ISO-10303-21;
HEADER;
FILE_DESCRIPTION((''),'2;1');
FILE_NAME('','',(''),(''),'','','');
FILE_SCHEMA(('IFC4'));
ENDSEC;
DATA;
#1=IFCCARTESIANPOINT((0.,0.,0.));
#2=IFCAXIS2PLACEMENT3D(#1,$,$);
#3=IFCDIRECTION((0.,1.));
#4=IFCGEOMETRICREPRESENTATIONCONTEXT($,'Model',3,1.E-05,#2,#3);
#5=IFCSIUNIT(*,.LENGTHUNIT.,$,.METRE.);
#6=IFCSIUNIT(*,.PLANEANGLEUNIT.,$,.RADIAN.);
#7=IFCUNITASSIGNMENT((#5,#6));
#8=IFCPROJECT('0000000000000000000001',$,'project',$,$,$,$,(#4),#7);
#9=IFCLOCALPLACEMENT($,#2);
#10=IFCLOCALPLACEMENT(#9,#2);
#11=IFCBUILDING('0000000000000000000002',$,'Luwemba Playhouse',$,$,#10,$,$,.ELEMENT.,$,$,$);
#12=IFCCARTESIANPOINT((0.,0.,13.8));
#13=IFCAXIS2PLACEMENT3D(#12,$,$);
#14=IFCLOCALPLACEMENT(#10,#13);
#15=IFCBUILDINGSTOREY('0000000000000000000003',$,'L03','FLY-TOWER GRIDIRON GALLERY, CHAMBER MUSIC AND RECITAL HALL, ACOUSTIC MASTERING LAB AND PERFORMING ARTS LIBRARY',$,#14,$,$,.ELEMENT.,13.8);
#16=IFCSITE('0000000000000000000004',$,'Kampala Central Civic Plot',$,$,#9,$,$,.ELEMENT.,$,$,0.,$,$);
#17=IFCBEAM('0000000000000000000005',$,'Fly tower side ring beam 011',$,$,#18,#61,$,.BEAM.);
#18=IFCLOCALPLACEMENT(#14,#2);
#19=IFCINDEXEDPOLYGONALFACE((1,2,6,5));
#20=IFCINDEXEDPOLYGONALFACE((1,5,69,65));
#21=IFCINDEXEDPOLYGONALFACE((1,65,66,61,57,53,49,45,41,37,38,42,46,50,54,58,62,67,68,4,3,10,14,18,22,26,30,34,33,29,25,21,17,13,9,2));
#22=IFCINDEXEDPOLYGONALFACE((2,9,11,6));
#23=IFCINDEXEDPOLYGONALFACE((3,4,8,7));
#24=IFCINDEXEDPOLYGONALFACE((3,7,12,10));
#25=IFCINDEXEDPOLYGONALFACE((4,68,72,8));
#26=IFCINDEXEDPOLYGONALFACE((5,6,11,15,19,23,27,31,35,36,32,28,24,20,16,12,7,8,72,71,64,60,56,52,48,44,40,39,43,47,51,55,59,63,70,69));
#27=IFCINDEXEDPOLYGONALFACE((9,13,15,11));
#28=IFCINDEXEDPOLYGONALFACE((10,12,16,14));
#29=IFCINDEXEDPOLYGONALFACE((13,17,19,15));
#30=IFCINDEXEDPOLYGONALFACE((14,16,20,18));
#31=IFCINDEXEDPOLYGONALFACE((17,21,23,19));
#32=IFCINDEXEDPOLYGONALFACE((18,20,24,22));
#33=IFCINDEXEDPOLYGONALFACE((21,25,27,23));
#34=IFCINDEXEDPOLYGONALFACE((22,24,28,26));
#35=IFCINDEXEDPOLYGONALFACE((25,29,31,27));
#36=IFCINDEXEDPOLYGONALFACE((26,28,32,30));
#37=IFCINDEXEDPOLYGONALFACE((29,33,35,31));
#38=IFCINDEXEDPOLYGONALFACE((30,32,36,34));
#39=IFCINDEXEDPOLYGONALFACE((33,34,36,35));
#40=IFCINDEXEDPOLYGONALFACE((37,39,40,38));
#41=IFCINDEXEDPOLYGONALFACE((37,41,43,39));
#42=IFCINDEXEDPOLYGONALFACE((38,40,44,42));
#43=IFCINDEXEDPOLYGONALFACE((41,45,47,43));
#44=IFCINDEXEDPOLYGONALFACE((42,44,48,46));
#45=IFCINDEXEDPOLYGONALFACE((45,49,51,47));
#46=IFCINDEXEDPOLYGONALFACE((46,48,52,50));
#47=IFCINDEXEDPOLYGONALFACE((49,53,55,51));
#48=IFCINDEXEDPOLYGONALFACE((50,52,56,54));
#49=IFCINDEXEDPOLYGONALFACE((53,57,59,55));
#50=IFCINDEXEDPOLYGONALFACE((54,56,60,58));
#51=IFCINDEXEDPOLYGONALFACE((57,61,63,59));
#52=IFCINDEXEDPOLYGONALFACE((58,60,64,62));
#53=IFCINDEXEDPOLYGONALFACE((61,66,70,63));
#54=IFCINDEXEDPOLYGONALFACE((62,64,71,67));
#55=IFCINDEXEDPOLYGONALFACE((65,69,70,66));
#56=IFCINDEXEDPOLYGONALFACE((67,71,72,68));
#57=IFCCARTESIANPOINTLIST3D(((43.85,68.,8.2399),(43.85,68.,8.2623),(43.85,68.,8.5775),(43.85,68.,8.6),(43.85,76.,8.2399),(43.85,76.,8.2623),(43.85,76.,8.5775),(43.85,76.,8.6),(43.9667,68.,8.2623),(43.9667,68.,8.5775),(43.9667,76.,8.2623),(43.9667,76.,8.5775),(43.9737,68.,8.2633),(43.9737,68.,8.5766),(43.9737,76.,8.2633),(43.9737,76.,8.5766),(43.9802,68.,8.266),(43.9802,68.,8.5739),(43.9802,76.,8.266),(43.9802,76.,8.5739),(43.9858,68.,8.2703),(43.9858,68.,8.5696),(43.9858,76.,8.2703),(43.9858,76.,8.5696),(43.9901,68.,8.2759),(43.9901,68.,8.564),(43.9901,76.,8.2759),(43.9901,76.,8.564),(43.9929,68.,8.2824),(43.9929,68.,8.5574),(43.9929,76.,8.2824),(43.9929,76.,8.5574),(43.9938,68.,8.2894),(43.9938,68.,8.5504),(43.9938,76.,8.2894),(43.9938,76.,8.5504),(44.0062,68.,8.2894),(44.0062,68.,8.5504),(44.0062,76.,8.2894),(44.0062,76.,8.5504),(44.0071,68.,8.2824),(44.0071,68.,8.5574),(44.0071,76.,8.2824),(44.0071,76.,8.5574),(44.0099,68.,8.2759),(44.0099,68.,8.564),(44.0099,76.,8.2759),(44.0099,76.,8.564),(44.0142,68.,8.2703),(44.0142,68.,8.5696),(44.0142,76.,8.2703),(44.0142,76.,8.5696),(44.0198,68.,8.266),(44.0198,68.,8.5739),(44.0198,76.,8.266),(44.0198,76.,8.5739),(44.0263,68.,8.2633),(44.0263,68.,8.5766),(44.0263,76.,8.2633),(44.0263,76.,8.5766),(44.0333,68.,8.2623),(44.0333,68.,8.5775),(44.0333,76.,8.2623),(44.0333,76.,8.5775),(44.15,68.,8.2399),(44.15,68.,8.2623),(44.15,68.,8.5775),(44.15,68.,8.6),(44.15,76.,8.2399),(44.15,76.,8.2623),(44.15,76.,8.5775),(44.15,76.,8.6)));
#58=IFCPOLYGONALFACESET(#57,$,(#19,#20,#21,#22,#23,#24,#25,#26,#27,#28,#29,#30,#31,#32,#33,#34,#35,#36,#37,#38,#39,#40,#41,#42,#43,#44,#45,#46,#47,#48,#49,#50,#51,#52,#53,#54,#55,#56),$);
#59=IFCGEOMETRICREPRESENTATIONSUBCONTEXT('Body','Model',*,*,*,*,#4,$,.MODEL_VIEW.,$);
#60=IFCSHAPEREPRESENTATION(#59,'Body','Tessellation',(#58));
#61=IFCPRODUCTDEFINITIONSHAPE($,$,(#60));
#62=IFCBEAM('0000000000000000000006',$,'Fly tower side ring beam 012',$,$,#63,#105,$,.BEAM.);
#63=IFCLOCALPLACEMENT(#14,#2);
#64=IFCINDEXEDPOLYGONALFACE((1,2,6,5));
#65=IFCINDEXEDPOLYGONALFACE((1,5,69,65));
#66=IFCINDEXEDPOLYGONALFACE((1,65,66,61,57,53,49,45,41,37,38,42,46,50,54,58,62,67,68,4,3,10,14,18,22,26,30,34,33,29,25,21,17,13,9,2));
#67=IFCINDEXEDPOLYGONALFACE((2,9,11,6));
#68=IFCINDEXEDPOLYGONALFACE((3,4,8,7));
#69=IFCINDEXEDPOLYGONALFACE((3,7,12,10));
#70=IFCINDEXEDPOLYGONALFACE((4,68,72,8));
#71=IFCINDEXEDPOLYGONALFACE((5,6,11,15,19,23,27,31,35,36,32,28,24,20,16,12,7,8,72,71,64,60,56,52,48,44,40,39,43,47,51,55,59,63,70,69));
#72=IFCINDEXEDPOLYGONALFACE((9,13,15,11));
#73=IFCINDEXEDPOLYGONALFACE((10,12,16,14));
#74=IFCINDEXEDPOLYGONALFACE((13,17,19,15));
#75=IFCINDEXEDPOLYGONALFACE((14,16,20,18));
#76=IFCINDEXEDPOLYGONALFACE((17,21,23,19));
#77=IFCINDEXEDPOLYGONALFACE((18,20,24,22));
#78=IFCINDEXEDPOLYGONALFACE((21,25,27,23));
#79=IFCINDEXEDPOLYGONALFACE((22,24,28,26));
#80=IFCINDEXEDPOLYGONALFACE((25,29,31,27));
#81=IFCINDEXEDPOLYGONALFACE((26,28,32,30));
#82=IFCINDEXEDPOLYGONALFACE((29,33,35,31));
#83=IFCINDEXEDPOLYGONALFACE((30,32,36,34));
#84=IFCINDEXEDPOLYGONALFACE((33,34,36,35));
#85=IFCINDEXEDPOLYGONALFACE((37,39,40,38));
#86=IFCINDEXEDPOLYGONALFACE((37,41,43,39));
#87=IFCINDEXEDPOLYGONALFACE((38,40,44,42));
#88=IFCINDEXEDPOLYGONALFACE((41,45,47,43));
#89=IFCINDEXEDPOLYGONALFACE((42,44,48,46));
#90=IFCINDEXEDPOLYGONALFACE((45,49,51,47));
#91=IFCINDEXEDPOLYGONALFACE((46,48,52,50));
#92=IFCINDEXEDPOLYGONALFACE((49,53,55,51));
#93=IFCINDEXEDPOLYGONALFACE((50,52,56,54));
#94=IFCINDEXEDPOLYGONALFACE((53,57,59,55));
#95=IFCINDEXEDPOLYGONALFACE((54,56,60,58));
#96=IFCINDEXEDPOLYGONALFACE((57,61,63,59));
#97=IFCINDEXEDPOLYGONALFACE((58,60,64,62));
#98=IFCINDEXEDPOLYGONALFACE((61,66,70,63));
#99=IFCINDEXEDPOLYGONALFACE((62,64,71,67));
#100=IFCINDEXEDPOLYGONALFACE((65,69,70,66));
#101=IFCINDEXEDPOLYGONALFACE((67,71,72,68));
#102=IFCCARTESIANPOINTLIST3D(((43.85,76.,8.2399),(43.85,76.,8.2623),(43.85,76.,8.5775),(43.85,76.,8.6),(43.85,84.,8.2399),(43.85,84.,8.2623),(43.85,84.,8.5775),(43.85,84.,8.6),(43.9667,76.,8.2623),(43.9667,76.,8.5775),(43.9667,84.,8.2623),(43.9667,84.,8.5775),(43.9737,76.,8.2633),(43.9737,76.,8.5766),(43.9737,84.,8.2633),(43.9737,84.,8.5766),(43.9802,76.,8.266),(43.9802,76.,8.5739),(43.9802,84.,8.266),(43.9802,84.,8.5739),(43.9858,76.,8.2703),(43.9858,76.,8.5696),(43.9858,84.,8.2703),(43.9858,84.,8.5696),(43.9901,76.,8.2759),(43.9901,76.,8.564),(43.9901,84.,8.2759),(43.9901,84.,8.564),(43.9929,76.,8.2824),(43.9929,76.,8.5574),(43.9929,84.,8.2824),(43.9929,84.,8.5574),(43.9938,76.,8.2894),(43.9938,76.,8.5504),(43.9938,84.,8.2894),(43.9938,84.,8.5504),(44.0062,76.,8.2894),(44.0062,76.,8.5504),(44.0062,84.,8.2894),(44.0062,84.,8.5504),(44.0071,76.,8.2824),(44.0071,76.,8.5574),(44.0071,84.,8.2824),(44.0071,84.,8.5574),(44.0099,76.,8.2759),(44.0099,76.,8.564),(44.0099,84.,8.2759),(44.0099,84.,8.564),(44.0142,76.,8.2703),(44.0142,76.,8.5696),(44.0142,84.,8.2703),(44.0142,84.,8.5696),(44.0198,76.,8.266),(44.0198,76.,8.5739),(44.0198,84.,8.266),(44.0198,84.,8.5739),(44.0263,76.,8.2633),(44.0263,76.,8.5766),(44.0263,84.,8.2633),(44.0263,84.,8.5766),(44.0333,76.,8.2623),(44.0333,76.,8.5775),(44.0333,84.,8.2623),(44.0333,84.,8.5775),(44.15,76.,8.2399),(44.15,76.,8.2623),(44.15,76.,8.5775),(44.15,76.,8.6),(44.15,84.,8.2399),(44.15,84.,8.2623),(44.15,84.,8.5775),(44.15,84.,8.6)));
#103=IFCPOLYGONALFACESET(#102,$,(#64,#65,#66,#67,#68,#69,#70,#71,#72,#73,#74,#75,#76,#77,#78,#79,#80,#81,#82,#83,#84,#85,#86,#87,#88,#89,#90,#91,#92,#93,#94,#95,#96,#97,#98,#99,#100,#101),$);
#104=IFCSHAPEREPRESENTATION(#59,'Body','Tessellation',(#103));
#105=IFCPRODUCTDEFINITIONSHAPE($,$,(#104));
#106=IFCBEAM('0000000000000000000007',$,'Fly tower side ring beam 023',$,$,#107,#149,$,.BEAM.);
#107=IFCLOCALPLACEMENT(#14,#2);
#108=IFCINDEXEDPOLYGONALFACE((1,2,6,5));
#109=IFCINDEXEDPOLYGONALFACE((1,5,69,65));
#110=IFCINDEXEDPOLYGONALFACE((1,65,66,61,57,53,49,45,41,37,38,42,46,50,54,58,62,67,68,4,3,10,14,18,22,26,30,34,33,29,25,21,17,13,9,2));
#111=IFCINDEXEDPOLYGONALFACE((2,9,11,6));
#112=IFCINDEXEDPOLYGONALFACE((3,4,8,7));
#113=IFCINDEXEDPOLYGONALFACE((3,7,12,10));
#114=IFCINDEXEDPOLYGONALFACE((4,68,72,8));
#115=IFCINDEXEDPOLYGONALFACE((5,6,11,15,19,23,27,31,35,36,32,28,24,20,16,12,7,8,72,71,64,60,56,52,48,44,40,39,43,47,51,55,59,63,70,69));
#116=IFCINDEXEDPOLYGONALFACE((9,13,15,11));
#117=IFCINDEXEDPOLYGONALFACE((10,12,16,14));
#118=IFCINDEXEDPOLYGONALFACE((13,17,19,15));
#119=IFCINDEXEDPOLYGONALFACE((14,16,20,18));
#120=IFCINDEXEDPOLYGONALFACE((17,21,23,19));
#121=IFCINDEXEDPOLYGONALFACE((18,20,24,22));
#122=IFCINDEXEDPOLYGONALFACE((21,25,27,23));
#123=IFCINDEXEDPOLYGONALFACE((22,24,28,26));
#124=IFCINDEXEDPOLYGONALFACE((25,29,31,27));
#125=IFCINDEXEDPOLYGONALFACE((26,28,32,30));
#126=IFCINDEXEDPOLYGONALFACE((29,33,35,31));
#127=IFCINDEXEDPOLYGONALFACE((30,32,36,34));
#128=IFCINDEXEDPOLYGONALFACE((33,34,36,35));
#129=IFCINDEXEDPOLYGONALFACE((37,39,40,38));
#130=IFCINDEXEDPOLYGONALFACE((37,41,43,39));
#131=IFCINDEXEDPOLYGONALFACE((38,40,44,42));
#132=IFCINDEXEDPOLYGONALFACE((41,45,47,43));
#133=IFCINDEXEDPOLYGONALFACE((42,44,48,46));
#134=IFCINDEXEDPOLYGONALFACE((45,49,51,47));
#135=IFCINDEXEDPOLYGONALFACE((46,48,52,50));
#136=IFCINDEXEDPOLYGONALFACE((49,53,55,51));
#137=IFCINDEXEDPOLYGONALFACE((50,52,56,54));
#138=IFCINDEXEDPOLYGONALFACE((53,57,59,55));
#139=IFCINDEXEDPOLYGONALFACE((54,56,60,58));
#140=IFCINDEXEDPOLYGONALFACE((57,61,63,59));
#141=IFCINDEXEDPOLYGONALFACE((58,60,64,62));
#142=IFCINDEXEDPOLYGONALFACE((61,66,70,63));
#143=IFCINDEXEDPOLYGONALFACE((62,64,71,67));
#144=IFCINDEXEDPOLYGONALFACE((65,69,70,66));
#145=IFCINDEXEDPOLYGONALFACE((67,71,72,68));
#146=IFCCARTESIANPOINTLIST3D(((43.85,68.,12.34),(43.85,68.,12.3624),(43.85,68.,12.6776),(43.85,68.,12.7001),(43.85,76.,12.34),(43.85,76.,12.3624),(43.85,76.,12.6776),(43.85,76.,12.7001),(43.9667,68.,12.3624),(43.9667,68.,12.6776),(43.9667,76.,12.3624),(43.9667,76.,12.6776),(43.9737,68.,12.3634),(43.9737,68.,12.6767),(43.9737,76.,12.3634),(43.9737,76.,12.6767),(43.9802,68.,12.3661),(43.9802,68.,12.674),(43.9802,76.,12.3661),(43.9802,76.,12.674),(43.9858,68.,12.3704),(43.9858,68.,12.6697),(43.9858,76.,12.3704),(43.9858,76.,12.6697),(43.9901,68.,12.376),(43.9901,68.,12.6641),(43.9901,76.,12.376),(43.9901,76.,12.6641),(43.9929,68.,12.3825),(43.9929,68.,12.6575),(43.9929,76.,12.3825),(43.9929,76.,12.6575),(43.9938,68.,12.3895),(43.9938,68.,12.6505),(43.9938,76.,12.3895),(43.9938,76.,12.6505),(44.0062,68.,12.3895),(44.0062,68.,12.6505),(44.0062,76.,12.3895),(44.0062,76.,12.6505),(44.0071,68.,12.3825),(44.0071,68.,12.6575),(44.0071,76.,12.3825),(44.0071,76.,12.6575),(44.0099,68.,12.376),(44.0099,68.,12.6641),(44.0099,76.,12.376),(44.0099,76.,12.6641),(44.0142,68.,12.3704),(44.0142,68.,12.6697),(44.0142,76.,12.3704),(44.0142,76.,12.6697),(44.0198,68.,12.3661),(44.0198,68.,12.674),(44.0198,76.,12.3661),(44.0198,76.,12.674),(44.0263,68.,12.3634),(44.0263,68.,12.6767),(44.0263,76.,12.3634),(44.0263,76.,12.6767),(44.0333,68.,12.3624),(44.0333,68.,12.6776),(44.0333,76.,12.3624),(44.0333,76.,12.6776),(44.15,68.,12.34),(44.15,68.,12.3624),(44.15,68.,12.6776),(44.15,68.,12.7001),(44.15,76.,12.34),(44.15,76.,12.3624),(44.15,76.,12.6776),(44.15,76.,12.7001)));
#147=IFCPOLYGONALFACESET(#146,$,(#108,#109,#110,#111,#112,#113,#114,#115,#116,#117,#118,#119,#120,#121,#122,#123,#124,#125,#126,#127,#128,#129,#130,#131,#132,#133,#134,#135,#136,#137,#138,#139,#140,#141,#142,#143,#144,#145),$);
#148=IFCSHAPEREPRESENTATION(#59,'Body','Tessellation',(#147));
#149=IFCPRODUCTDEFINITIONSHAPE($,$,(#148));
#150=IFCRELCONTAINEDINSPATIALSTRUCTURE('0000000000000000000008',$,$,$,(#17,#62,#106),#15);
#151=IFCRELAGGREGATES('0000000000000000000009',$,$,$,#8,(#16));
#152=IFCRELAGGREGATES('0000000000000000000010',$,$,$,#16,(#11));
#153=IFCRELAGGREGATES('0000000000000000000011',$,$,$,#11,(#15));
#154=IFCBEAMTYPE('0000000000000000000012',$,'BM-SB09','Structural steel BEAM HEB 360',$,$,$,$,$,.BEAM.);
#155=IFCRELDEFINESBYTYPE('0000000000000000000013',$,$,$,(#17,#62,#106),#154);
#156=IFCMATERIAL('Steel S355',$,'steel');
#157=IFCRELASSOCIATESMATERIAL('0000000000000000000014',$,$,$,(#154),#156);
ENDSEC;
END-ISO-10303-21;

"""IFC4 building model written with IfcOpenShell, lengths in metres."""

from ifc_helpers import new_model, si_unit, direction, frame, origin, origin_2d, place, context, subcontext, project, spatial, i_section, extrude, material, material_profile, profile_set, type_object, element, save


model = new_model("IFC4")

# Units and contexts
model_context = context("Model", 3, precision=1e-05, world=origin(), true_north=direction((0.0, 1.0)))
body_context = subcontext(model_context, "Body", "Model", "MODEL_VIEW")
ifc_project = project(units=[si_unit("LENGTHUNIT", "METRE"), si_unit("PLANEANGLEUNIT", "RADIAN")], contexts=[model_context])

# Site, building, storey
site_placement = place(None, origin())
site = spatial("IfcSite", under=ifc_project, at=site_placement, Name="Kampala Central Civic Plot", CompositionType="ELEMENT", RefElevation=0.0)
building_placement = place(site_placement, origin())
building = spatial("IfcBuilding", under=site, at=building_placement, Name="Luwemba Playhouse", CompositionType="ELEMENT")
storey_placement = place(building_placement, frame((0.0, 0.0, 13.8)))
storey = spatial("IfcBuildingStorey", under=building, at=storey_placement, Name="L03", Description="FLY-TOWER GRIDIRON GALLERY, CHAMBER MUSIC AND RECITAL HALL, ACOUSTIC MASTERING LAB AND PERFORMING ARTS LIBRARY", CompositionType="ELEMENT", Elevation=13.8)

# Shared definitions
ifc_material_1 = material(Name="Steel S355", Category="steel")

# Beams
ifc_material_profile_1 = material_profile(ifc_material_1, i_section(OverallWidth=0.3, OverallDepth=0.3601, WebThickness=0.0125, FlangeThickness=0.0225, FilletRadius=0.0271, at=origin_2d()))
ifc_profile_set_1 = profile_set([ifc_material_profile_1], Name="Steel S355")
beam_type_1 = type_object("IfcBeamType", Name="BM-SB09", Description="Structural steel BEAM HEB 360", PredefinedType="BEAM", material=ifc_profile_set_1)
for number, where, z_axis, x_axis, name in (
    (1, (44.0, 68.0, 8.4199), (0.0, 1.0, 0.0), (-1.0, 0.0, 0.0), "Fly tower side ring beam 011"),
    (2, (44.0, 76.0, 8.4199), (0.0, 1.0, 0.0), (-1.0, 0.0, 0.0), "Fly tower side ring beam 012"),
    (3, (44.0, 68.0, 12.52), (0.0, 1.0, 0.0), (-1.0, 0.0, 0.0), "Fly tower side ring beam 023"),
):
    element("IfcBeam", number, at=place(storey_placement, frame(where, z_axis=z_axis, x_axis=x_axis)), inside=storey, type_object=beam_type_1, Name=name, PredefinedType="BEAM", context=body_context, shape_type="SweptSolid", body=[
        extrude(i_section(OverallWidth=0.3, OverallDepth=0.3601, WebThickness=0.0125, FlangeThickness=0.0225, FilletRadius=0.0271, at=origin_2d()), origin(), (0.0, 0.0, 1.0), 8.0),
    ])

save(model, "model.ifc")
